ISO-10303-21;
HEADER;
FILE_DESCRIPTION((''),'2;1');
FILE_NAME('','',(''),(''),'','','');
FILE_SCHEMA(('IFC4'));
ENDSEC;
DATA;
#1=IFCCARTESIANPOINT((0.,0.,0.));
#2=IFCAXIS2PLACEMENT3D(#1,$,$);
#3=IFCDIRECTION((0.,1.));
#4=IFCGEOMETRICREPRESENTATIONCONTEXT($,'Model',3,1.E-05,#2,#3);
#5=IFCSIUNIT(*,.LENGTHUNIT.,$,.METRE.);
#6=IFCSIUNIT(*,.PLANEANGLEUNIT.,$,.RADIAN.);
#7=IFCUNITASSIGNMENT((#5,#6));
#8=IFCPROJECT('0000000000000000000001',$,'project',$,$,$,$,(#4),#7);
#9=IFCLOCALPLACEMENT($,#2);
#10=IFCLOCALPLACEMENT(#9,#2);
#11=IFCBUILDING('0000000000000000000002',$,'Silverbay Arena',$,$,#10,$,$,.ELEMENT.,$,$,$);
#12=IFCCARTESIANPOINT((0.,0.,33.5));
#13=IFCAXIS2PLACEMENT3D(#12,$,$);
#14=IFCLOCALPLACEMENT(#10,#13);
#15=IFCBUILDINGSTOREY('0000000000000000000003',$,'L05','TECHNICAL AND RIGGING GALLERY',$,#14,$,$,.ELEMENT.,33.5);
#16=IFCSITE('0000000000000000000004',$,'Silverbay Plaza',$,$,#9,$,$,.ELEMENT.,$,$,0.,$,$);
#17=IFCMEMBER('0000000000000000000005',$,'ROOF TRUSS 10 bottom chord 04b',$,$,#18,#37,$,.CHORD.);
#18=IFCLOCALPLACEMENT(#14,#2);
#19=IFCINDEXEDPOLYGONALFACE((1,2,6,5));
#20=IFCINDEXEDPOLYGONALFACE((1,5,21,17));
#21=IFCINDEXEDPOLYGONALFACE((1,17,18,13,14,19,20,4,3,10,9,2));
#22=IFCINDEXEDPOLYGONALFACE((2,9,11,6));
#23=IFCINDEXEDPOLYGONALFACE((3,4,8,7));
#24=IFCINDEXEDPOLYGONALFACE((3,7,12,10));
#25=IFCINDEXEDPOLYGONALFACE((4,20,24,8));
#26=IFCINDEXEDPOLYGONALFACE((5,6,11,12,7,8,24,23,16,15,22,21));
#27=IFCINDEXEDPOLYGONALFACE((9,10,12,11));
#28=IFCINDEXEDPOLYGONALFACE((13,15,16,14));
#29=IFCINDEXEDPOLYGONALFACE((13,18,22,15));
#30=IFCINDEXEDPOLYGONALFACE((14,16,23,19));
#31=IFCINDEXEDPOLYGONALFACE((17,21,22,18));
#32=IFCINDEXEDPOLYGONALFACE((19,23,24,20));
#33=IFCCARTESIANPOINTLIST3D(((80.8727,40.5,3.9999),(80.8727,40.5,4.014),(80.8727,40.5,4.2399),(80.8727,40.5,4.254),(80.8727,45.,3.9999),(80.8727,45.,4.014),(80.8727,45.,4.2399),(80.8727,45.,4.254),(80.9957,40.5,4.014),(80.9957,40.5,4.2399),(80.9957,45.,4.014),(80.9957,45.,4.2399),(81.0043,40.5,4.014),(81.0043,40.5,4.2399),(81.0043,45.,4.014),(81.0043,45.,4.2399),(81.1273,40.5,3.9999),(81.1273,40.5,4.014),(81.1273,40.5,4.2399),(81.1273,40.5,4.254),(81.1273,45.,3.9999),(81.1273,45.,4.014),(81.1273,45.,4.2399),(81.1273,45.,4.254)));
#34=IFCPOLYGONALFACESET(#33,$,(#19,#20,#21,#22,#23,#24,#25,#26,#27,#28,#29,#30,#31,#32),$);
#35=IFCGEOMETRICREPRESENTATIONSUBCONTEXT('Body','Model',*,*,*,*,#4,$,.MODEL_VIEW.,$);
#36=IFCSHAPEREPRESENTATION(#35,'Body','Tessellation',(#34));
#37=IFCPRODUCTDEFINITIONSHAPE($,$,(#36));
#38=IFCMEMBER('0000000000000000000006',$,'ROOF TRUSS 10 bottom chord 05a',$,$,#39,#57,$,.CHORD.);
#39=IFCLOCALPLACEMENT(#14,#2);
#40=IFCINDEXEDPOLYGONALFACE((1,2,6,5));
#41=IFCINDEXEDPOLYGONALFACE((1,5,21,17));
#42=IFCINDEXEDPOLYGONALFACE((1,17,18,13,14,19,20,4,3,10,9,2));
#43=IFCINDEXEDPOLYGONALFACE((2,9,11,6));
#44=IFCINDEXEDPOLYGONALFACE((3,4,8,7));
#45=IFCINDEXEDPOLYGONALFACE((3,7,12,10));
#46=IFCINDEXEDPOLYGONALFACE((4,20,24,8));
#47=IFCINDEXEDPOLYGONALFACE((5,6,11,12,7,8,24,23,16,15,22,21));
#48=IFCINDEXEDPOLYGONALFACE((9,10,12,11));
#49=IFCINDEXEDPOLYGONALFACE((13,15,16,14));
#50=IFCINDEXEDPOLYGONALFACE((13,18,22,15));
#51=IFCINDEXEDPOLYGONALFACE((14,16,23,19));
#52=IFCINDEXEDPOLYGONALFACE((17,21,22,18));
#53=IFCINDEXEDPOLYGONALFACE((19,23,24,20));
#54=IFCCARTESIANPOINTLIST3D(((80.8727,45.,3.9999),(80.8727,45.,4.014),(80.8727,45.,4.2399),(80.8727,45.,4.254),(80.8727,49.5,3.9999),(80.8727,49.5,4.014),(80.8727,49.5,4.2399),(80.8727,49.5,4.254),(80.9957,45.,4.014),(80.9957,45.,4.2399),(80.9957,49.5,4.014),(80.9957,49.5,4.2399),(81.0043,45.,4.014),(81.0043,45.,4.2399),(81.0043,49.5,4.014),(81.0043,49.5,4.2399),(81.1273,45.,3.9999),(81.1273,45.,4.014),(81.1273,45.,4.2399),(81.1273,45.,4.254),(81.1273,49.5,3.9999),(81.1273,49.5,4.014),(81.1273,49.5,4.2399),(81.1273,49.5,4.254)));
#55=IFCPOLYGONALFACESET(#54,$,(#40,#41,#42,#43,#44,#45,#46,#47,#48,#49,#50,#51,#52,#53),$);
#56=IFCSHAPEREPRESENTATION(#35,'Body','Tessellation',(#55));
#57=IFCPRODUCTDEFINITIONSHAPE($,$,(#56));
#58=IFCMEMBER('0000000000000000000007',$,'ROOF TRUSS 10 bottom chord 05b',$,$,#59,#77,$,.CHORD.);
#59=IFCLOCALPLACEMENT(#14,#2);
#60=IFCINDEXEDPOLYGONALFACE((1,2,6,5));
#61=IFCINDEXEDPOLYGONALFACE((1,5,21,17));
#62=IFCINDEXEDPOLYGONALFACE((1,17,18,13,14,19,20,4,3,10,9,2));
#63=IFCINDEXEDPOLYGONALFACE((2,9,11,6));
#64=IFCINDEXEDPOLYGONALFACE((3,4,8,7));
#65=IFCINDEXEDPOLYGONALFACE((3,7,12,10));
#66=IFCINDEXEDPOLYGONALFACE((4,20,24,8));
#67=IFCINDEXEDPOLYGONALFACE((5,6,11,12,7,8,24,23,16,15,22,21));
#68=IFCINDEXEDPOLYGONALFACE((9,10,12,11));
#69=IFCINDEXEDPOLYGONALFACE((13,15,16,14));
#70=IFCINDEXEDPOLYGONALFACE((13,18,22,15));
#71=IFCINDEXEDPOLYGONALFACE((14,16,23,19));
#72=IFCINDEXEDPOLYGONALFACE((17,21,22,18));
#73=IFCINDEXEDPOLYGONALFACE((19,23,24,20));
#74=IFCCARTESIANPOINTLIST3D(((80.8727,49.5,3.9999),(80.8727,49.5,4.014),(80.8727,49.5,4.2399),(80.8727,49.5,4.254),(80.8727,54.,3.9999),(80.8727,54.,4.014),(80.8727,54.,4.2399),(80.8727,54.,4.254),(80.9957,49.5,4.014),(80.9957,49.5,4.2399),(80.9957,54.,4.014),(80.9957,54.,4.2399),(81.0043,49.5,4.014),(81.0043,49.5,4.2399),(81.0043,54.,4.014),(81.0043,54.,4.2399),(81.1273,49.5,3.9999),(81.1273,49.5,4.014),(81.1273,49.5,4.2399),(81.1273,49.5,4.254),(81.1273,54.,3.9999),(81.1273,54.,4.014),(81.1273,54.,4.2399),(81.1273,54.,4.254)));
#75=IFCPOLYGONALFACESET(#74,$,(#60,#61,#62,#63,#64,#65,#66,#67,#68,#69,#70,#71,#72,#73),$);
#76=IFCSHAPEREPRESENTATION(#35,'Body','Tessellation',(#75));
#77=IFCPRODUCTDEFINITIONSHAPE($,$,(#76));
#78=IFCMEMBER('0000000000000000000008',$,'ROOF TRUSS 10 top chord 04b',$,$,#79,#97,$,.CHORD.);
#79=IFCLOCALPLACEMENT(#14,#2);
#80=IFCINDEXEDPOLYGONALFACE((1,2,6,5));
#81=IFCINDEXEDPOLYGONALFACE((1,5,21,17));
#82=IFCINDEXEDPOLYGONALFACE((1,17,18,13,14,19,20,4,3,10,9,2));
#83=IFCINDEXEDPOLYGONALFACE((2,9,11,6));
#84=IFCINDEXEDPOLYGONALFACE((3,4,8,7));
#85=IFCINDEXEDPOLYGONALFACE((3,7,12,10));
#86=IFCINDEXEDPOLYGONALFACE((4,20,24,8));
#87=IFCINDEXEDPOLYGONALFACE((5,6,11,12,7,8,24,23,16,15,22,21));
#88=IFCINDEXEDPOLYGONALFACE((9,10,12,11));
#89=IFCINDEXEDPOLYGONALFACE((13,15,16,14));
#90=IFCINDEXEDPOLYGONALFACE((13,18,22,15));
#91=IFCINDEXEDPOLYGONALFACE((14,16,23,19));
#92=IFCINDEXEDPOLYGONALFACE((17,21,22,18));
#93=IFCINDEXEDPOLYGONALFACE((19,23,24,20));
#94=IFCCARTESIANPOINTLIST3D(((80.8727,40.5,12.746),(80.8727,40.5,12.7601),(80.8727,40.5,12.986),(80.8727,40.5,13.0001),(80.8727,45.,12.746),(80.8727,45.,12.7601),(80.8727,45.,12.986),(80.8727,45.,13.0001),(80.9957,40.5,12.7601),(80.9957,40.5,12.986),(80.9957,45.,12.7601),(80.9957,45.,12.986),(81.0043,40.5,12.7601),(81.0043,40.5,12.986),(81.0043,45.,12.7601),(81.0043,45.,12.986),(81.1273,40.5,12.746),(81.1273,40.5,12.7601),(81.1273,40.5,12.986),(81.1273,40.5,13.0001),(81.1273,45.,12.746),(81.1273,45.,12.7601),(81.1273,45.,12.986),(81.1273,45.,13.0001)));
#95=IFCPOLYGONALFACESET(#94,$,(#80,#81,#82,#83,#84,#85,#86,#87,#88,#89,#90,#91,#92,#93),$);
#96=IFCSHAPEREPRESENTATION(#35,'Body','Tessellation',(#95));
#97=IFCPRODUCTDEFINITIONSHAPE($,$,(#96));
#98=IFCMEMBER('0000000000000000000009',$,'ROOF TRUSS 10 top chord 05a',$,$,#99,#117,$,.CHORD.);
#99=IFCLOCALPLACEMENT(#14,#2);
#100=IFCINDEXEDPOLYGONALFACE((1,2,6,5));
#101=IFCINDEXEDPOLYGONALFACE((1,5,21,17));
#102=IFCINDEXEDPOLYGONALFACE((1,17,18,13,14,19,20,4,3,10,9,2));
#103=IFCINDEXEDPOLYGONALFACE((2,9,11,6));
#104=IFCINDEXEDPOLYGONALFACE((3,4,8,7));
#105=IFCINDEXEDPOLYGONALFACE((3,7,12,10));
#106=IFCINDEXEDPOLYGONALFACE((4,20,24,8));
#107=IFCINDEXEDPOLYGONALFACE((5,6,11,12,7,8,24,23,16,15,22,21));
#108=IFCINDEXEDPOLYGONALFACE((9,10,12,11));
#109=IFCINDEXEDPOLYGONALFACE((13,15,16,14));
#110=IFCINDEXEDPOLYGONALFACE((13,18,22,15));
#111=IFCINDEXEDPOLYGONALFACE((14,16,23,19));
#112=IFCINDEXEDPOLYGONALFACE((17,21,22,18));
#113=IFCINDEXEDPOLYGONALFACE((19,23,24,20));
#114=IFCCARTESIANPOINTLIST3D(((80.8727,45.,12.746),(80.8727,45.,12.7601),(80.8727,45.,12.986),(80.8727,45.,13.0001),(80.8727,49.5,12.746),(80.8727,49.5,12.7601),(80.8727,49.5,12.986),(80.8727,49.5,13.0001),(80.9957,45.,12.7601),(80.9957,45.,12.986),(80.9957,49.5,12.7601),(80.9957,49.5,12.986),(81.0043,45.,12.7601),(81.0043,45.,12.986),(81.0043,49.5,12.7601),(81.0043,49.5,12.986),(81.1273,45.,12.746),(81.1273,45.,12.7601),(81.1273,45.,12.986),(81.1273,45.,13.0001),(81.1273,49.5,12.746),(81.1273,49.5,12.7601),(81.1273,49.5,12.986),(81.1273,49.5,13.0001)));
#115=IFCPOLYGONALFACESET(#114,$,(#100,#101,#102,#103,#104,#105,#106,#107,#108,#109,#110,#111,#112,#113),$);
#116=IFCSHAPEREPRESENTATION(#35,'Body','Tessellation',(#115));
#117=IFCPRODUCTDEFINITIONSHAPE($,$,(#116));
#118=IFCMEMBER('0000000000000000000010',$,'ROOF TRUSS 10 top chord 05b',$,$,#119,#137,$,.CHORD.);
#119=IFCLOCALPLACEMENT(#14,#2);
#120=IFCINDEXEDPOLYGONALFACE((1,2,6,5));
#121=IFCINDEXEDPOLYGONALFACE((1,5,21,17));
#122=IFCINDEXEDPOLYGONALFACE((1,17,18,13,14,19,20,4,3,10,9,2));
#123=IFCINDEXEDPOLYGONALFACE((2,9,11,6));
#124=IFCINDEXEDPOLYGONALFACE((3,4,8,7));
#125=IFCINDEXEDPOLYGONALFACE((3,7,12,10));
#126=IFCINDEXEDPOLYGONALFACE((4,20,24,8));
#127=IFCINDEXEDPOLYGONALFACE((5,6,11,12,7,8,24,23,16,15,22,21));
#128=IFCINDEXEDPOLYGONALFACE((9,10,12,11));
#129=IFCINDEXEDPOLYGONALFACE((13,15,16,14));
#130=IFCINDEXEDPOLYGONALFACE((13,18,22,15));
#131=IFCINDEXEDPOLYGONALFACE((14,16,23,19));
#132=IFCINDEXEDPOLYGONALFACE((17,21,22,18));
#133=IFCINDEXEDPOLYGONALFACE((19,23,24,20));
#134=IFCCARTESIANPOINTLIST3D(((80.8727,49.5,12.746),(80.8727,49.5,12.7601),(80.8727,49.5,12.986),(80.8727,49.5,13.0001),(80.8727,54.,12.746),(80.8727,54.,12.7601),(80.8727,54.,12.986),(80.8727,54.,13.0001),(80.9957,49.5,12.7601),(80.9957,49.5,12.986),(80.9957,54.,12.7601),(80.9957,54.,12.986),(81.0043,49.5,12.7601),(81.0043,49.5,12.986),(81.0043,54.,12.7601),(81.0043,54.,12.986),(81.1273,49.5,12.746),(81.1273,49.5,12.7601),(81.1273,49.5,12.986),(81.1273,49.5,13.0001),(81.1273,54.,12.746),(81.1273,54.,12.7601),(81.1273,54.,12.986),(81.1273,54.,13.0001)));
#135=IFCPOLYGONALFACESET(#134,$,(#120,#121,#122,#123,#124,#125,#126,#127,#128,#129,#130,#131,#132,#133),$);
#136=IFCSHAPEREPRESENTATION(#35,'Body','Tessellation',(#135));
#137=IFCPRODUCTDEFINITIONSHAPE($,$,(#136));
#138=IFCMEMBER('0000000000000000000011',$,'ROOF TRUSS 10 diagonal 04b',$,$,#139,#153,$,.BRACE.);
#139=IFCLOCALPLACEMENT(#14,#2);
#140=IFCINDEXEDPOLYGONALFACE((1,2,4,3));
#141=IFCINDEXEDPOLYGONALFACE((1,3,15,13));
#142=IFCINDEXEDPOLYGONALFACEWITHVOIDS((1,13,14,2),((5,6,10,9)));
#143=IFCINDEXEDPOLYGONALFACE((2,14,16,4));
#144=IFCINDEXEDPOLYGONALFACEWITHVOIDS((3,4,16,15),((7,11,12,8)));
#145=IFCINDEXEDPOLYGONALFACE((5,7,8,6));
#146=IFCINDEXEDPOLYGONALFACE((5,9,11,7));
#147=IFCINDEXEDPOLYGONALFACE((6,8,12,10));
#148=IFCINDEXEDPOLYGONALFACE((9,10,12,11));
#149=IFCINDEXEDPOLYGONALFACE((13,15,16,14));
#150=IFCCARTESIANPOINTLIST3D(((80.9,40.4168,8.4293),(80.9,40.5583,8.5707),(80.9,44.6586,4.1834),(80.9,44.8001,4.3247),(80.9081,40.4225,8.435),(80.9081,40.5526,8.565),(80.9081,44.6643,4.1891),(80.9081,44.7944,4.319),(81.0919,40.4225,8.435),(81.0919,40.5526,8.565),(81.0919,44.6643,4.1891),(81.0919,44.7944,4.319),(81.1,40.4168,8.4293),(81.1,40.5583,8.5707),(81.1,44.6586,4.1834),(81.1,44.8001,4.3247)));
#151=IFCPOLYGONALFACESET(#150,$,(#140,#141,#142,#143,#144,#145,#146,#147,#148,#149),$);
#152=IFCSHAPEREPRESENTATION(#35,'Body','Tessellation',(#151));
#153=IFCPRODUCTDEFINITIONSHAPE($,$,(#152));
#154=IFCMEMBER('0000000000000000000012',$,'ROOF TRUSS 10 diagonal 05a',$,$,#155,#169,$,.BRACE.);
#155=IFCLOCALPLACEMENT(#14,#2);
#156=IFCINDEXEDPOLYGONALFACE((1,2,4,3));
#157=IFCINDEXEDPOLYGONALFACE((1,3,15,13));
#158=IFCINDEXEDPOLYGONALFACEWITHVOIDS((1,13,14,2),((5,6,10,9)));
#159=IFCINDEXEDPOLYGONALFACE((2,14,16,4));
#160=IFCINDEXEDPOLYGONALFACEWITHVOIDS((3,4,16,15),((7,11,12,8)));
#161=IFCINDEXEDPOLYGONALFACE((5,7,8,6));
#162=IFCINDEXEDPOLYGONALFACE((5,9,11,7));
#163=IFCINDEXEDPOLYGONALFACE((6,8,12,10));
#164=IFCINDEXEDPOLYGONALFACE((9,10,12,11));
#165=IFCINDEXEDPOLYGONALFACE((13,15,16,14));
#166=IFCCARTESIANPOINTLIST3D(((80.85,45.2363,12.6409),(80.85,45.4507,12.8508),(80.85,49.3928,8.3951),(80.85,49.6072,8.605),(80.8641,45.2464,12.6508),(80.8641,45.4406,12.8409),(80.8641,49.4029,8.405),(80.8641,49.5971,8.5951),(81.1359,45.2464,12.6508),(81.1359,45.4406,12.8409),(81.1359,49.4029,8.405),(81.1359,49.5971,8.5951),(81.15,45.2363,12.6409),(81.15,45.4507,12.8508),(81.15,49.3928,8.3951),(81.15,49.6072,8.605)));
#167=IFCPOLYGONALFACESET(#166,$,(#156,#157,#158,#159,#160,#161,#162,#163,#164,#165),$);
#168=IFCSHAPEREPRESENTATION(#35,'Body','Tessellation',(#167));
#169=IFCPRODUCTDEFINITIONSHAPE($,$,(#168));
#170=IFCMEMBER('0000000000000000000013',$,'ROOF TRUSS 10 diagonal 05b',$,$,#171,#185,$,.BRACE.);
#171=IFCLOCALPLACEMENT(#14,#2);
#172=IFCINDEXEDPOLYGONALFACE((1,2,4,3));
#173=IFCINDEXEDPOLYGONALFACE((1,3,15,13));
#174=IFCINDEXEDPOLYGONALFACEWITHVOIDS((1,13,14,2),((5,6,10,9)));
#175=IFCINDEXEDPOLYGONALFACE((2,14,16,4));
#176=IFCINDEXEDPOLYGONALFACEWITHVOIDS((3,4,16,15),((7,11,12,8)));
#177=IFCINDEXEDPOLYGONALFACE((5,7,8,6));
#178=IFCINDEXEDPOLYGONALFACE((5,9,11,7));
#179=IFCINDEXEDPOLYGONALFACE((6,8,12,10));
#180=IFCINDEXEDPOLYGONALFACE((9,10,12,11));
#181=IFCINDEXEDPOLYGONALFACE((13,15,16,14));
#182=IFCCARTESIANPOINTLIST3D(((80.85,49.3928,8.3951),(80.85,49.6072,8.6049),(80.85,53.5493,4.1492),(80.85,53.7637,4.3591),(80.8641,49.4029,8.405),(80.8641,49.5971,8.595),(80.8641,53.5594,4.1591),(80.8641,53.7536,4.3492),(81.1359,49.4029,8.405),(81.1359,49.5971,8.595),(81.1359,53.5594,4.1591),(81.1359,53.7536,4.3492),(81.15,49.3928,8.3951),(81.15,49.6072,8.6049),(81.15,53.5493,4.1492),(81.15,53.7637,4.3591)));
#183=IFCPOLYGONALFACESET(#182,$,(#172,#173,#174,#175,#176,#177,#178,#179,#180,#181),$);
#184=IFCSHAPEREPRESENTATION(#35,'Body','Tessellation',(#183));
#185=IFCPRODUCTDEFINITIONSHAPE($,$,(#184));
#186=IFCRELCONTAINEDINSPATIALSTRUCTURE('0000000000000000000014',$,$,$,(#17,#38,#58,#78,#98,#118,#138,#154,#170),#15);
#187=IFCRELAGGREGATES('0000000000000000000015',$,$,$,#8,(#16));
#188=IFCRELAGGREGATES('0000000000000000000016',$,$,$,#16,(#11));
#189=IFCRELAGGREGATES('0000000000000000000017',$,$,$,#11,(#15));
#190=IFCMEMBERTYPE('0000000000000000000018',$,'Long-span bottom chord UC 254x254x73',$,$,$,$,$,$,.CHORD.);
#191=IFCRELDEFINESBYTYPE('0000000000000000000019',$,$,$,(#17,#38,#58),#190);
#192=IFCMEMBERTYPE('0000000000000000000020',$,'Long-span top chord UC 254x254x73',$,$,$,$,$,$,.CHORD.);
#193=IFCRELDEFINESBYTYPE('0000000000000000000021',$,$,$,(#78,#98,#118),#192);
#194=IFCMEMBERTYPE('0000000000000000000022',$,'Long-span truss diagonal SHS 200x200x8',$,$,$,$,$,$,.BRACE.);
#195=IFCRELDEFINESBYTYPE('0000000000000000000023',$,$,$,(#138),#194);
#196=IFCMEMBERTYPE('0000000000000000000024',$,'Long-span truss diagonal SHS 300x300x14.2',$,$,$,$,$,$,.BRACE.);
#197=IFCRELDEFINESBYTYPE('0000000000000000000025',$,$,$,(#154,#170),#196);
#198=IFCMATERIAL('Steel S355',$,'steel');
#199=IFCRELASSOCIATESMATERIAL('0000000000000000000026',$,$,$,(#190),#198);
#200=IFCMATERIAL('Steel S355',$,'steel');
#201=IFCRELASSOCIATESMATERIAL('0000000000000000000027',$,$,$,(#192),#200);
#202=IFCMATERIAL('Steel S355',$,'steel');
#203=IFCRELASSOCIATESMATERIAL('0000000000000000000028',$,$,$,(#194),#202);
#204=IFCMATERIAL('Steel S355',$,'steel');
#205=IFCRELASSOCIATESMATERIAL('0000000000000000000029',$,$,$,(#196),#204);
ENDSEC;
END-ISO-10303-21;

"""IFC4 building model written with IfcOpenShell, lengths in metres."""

from ifc_helpers import new_model, si_unit, direction, frame, origin, origin_2d, place, context, subcontext, project, spatial, hollow_rectangle, i_section, extrude, material, material_profile, profile_set, type_object, element, save


model = new_model("IFC4")

# Units and contexts
model_context = context("Model", 3, precision=1e-05, world=origin(), true_north=direction((0.0, 1.0)))
body_context = subcontext(model_context, "Body", "Model", "MODEL_VIEW")
ifc_project = project(units=[si_unit("LENGTHUNIT", "METRE"), si_unit("PLANEANGLEUNIT", "RADIAN")], contexts=[model_context])

# Site, building, storey
site_placement = place(None, origin())
site = spatial("IfcSite", under=ifc_project, at=site_placement, Name="Silverbay Plaza", CompositionType="ELEMENT", RefElevation=0.0)
building_placement = place(site_placement, origin())
building = spatial("IfcBuilding", under=site, at=building_placement, Name="Silverbay Arena", CompositionType="ELEMENT")
storey_placement = place(building_placement, frame((0.0, 0.0, 33.5)))
storey = spatial("IfcBuildingStorey", under=building, at=storey_placement, Name="L05", Description="TECHNICAL AND RIGGING GALLERY", CompositionType="ELEMENT", Elevation=33.5)

# Members
ifc_material_1 = material(Name="Steel S355", Category="steel")
ifc_material_profile_1 = material_profile(ifc_material_1, i_section(OverallWidth=0.2546, OverallDepth=0.2542, WebThickness=0.0085, FlangeThickness=0.0142, at=origin_2d()), Name="UC 254x254x73")
ifc_profile_set_1 = profile_set([ifc_material_profile_1], Name="Steel S355")
member_type_1 = type_object("IfcMemberType", Name="Long-span bottom chord UC 254x254x73", PredefinedType="CHORD", material=ifc_profile_set_1)
for number, where, z_axis, x_axis, name in (
    (1, (81.0, 40.5, 4.127), (0.0, 1.0, 0.0), (-1.0, 0.0, 0.0), "ROOF TRUSS 10 bottom chord 04b"),
    (2, (81.0, 45.0, 4.127), (0.0, 1.0, 0.0), (-1.0, 0.0, 0.0), "ROOF TRUSS 10 bottom chord 05a"),
    (3, (81.0, 49.5, 4.127), (0.0, 1.0, 0.0), (-1.0, 0.0, 0.0), "ROOF TRUSS 10 bottom chord 05b"),
):
    element("IfcMember", number, at=place(storey_placement, frame(where, z_axis=z_axis, x_axis=x_axis)), inside=storey, type_object=member_type_1, Name=name, PredefinedType="CHORD", context=body_context, shape_type="SweptSolid", body=[
        extrude(i_section(OverallWidth=0.2546, OverallDepth=0.2542, WebThickness=0.0085, FlangeThickness=0.0142, at=origin_2d()), origin(), (0.0, 0.0, 1.0), 4.5),
    ])
ifc_material_2 = material(Name="Steel S355", Category="steel")
ifc_material_profile_2 = material_profile(ifc_material_2, i_section(OverallWidth=0.2546, OverallDepth=0.2542, WebThickness=0.0085, FlangeThickness=0.0142, at=origin_2d()), Name="UC 254x254x73")
ifc_profile_set_2 = profile_set([ifc_material_profile_2], Name="Steel S355")
member_type_2 = type_object("IfcMemberType", Name="Long-span top chord UC 254x254x73", PredefinedType="CHORD", material=ifc_profile_set_2)
for number, where, z_axis, x_axis, name in (
    (4, (81.0, 40.5, 12.873), (0.0, 1.0, 0.0), (-1.0, 0.0, 0.0), "ROOF TRUSS 10 top chord 04b"),
    (5, (81.0, 45.0, 12.873), (0.0, 1.0, 0.0), (-1.0, 0.0, 0.0), "ROOF TRUSS 10 top chord 05a"),
    (6, (81.0, 49.5, 12.873), (0.0, 1.0, 0.0), (-1.0, 0.0, 0.0), "ROOF TRUSS 10 top chord 05b"),
):
    element("IfcMember", number, at=place(storey_placement, frame(where, z_axis=z_axis, x_axis=x_axis)), inside=storey, type_object=member_type_2, Name=name, PredefinedType="CHORD", context=body_context, shape_type="SweptSolid", body=[
        extrude(i_section(OverallWidth=0.2546, OverallDepth=0.2542, WebThickness=0.0085, FlangeThickness=0.0142, at=origin_2d()), origin(), (0.0, 0.0, 1.0), 4.5),
    ])
ifc_material_3 = material(Name="Steel S355", Category="steel")
ifc_material_profile_3 = material_profile(ifc_material_3, hollow_rectangle(XDim=0.2, YDim=0.2, WallThickness=0.0081, at=origin_2d()), Name="SHS 200x200x8")
ifc_profile_set_3 = profile_set([ifc_material_profile_3], Name="Steel S355")
member_type_3 = type_object("IfcMemberType", Name="Long-span truss diagonal SHS 200x200x8", PredefinedType="BRACE", material=ifc_profile_set_3)
member_1_placement = place(storey_placement, frame((81.0, 40.4875, 8.5), z_axis=(0.0, 0.706761, -0.707452), x_axis=(-1.0, 0.0, 0.0)))
element("IfcMember", 7, at=member_1_placement, inside=storey, type_object=member_type_3, Name="ROOF TRUSS 10 diagonal 04b", PredefinedType="BRACE", context=body_context, shape_type="SweptSolid", body=[
    extrude(hollow_rectangle(XDim=0.2, YDim=0.2, WallThickness=0.0081, at=origin_2d()), origin(), (0.0, 0.0, 1.0), 6.0017),
])
ifc_material_4 = material(Name="Steel S355", Category="steel")
ifc_material_profile_4 = material_profile(ifc_material_4, hollow_rectangle(XDim=0.3, YDim=0.3, WallThickness=0.0142, at=origin_2d()), Name="SHS 300x300x14.2")
ifc_profile_set_4 = profile_set([ifc_material_profile_4], Name="Steel S355")
member_type_4 = type_object("IfcMemberType", Name="Long-span truss diagonal SHS 300x300x14.2", PredefinedType="BRACE", material=ifc_profile_set_4)
for number, where, z_axis, x_axis, name in (
    (8, (81.0, 45.3435, 12.7458), (0.0, 0.699547, -0.714586), (-1.0, 0.0, 0.0), "ROOF TRUSS 10 diagonal 05a"),
    (9, (81.0, 49.5, 8.5), (0.0, 0.699547, -0.714586), (-1.0, 0.0, 0.0), "ROOF TRUSS 10 diagonal 05b"),
):
    element("IfcMember", number, at=place(storey_placement, frame(where, z_axis=z_axis, x_axis=x_axis)), inside=storey, type_object=member_type_4, Name=name, PredefinedType="BRACE", context=body_context, shape_type="SweptSolid", body=[
        extrude(hollow_rectangle(XDim=0.3, YDim=0.3, WallThickness=0.0142, at=origin_2d()), origin(), (0.0, 0.0, 1.0), 5.9417),
    ])

save(model, "model.ifc")
